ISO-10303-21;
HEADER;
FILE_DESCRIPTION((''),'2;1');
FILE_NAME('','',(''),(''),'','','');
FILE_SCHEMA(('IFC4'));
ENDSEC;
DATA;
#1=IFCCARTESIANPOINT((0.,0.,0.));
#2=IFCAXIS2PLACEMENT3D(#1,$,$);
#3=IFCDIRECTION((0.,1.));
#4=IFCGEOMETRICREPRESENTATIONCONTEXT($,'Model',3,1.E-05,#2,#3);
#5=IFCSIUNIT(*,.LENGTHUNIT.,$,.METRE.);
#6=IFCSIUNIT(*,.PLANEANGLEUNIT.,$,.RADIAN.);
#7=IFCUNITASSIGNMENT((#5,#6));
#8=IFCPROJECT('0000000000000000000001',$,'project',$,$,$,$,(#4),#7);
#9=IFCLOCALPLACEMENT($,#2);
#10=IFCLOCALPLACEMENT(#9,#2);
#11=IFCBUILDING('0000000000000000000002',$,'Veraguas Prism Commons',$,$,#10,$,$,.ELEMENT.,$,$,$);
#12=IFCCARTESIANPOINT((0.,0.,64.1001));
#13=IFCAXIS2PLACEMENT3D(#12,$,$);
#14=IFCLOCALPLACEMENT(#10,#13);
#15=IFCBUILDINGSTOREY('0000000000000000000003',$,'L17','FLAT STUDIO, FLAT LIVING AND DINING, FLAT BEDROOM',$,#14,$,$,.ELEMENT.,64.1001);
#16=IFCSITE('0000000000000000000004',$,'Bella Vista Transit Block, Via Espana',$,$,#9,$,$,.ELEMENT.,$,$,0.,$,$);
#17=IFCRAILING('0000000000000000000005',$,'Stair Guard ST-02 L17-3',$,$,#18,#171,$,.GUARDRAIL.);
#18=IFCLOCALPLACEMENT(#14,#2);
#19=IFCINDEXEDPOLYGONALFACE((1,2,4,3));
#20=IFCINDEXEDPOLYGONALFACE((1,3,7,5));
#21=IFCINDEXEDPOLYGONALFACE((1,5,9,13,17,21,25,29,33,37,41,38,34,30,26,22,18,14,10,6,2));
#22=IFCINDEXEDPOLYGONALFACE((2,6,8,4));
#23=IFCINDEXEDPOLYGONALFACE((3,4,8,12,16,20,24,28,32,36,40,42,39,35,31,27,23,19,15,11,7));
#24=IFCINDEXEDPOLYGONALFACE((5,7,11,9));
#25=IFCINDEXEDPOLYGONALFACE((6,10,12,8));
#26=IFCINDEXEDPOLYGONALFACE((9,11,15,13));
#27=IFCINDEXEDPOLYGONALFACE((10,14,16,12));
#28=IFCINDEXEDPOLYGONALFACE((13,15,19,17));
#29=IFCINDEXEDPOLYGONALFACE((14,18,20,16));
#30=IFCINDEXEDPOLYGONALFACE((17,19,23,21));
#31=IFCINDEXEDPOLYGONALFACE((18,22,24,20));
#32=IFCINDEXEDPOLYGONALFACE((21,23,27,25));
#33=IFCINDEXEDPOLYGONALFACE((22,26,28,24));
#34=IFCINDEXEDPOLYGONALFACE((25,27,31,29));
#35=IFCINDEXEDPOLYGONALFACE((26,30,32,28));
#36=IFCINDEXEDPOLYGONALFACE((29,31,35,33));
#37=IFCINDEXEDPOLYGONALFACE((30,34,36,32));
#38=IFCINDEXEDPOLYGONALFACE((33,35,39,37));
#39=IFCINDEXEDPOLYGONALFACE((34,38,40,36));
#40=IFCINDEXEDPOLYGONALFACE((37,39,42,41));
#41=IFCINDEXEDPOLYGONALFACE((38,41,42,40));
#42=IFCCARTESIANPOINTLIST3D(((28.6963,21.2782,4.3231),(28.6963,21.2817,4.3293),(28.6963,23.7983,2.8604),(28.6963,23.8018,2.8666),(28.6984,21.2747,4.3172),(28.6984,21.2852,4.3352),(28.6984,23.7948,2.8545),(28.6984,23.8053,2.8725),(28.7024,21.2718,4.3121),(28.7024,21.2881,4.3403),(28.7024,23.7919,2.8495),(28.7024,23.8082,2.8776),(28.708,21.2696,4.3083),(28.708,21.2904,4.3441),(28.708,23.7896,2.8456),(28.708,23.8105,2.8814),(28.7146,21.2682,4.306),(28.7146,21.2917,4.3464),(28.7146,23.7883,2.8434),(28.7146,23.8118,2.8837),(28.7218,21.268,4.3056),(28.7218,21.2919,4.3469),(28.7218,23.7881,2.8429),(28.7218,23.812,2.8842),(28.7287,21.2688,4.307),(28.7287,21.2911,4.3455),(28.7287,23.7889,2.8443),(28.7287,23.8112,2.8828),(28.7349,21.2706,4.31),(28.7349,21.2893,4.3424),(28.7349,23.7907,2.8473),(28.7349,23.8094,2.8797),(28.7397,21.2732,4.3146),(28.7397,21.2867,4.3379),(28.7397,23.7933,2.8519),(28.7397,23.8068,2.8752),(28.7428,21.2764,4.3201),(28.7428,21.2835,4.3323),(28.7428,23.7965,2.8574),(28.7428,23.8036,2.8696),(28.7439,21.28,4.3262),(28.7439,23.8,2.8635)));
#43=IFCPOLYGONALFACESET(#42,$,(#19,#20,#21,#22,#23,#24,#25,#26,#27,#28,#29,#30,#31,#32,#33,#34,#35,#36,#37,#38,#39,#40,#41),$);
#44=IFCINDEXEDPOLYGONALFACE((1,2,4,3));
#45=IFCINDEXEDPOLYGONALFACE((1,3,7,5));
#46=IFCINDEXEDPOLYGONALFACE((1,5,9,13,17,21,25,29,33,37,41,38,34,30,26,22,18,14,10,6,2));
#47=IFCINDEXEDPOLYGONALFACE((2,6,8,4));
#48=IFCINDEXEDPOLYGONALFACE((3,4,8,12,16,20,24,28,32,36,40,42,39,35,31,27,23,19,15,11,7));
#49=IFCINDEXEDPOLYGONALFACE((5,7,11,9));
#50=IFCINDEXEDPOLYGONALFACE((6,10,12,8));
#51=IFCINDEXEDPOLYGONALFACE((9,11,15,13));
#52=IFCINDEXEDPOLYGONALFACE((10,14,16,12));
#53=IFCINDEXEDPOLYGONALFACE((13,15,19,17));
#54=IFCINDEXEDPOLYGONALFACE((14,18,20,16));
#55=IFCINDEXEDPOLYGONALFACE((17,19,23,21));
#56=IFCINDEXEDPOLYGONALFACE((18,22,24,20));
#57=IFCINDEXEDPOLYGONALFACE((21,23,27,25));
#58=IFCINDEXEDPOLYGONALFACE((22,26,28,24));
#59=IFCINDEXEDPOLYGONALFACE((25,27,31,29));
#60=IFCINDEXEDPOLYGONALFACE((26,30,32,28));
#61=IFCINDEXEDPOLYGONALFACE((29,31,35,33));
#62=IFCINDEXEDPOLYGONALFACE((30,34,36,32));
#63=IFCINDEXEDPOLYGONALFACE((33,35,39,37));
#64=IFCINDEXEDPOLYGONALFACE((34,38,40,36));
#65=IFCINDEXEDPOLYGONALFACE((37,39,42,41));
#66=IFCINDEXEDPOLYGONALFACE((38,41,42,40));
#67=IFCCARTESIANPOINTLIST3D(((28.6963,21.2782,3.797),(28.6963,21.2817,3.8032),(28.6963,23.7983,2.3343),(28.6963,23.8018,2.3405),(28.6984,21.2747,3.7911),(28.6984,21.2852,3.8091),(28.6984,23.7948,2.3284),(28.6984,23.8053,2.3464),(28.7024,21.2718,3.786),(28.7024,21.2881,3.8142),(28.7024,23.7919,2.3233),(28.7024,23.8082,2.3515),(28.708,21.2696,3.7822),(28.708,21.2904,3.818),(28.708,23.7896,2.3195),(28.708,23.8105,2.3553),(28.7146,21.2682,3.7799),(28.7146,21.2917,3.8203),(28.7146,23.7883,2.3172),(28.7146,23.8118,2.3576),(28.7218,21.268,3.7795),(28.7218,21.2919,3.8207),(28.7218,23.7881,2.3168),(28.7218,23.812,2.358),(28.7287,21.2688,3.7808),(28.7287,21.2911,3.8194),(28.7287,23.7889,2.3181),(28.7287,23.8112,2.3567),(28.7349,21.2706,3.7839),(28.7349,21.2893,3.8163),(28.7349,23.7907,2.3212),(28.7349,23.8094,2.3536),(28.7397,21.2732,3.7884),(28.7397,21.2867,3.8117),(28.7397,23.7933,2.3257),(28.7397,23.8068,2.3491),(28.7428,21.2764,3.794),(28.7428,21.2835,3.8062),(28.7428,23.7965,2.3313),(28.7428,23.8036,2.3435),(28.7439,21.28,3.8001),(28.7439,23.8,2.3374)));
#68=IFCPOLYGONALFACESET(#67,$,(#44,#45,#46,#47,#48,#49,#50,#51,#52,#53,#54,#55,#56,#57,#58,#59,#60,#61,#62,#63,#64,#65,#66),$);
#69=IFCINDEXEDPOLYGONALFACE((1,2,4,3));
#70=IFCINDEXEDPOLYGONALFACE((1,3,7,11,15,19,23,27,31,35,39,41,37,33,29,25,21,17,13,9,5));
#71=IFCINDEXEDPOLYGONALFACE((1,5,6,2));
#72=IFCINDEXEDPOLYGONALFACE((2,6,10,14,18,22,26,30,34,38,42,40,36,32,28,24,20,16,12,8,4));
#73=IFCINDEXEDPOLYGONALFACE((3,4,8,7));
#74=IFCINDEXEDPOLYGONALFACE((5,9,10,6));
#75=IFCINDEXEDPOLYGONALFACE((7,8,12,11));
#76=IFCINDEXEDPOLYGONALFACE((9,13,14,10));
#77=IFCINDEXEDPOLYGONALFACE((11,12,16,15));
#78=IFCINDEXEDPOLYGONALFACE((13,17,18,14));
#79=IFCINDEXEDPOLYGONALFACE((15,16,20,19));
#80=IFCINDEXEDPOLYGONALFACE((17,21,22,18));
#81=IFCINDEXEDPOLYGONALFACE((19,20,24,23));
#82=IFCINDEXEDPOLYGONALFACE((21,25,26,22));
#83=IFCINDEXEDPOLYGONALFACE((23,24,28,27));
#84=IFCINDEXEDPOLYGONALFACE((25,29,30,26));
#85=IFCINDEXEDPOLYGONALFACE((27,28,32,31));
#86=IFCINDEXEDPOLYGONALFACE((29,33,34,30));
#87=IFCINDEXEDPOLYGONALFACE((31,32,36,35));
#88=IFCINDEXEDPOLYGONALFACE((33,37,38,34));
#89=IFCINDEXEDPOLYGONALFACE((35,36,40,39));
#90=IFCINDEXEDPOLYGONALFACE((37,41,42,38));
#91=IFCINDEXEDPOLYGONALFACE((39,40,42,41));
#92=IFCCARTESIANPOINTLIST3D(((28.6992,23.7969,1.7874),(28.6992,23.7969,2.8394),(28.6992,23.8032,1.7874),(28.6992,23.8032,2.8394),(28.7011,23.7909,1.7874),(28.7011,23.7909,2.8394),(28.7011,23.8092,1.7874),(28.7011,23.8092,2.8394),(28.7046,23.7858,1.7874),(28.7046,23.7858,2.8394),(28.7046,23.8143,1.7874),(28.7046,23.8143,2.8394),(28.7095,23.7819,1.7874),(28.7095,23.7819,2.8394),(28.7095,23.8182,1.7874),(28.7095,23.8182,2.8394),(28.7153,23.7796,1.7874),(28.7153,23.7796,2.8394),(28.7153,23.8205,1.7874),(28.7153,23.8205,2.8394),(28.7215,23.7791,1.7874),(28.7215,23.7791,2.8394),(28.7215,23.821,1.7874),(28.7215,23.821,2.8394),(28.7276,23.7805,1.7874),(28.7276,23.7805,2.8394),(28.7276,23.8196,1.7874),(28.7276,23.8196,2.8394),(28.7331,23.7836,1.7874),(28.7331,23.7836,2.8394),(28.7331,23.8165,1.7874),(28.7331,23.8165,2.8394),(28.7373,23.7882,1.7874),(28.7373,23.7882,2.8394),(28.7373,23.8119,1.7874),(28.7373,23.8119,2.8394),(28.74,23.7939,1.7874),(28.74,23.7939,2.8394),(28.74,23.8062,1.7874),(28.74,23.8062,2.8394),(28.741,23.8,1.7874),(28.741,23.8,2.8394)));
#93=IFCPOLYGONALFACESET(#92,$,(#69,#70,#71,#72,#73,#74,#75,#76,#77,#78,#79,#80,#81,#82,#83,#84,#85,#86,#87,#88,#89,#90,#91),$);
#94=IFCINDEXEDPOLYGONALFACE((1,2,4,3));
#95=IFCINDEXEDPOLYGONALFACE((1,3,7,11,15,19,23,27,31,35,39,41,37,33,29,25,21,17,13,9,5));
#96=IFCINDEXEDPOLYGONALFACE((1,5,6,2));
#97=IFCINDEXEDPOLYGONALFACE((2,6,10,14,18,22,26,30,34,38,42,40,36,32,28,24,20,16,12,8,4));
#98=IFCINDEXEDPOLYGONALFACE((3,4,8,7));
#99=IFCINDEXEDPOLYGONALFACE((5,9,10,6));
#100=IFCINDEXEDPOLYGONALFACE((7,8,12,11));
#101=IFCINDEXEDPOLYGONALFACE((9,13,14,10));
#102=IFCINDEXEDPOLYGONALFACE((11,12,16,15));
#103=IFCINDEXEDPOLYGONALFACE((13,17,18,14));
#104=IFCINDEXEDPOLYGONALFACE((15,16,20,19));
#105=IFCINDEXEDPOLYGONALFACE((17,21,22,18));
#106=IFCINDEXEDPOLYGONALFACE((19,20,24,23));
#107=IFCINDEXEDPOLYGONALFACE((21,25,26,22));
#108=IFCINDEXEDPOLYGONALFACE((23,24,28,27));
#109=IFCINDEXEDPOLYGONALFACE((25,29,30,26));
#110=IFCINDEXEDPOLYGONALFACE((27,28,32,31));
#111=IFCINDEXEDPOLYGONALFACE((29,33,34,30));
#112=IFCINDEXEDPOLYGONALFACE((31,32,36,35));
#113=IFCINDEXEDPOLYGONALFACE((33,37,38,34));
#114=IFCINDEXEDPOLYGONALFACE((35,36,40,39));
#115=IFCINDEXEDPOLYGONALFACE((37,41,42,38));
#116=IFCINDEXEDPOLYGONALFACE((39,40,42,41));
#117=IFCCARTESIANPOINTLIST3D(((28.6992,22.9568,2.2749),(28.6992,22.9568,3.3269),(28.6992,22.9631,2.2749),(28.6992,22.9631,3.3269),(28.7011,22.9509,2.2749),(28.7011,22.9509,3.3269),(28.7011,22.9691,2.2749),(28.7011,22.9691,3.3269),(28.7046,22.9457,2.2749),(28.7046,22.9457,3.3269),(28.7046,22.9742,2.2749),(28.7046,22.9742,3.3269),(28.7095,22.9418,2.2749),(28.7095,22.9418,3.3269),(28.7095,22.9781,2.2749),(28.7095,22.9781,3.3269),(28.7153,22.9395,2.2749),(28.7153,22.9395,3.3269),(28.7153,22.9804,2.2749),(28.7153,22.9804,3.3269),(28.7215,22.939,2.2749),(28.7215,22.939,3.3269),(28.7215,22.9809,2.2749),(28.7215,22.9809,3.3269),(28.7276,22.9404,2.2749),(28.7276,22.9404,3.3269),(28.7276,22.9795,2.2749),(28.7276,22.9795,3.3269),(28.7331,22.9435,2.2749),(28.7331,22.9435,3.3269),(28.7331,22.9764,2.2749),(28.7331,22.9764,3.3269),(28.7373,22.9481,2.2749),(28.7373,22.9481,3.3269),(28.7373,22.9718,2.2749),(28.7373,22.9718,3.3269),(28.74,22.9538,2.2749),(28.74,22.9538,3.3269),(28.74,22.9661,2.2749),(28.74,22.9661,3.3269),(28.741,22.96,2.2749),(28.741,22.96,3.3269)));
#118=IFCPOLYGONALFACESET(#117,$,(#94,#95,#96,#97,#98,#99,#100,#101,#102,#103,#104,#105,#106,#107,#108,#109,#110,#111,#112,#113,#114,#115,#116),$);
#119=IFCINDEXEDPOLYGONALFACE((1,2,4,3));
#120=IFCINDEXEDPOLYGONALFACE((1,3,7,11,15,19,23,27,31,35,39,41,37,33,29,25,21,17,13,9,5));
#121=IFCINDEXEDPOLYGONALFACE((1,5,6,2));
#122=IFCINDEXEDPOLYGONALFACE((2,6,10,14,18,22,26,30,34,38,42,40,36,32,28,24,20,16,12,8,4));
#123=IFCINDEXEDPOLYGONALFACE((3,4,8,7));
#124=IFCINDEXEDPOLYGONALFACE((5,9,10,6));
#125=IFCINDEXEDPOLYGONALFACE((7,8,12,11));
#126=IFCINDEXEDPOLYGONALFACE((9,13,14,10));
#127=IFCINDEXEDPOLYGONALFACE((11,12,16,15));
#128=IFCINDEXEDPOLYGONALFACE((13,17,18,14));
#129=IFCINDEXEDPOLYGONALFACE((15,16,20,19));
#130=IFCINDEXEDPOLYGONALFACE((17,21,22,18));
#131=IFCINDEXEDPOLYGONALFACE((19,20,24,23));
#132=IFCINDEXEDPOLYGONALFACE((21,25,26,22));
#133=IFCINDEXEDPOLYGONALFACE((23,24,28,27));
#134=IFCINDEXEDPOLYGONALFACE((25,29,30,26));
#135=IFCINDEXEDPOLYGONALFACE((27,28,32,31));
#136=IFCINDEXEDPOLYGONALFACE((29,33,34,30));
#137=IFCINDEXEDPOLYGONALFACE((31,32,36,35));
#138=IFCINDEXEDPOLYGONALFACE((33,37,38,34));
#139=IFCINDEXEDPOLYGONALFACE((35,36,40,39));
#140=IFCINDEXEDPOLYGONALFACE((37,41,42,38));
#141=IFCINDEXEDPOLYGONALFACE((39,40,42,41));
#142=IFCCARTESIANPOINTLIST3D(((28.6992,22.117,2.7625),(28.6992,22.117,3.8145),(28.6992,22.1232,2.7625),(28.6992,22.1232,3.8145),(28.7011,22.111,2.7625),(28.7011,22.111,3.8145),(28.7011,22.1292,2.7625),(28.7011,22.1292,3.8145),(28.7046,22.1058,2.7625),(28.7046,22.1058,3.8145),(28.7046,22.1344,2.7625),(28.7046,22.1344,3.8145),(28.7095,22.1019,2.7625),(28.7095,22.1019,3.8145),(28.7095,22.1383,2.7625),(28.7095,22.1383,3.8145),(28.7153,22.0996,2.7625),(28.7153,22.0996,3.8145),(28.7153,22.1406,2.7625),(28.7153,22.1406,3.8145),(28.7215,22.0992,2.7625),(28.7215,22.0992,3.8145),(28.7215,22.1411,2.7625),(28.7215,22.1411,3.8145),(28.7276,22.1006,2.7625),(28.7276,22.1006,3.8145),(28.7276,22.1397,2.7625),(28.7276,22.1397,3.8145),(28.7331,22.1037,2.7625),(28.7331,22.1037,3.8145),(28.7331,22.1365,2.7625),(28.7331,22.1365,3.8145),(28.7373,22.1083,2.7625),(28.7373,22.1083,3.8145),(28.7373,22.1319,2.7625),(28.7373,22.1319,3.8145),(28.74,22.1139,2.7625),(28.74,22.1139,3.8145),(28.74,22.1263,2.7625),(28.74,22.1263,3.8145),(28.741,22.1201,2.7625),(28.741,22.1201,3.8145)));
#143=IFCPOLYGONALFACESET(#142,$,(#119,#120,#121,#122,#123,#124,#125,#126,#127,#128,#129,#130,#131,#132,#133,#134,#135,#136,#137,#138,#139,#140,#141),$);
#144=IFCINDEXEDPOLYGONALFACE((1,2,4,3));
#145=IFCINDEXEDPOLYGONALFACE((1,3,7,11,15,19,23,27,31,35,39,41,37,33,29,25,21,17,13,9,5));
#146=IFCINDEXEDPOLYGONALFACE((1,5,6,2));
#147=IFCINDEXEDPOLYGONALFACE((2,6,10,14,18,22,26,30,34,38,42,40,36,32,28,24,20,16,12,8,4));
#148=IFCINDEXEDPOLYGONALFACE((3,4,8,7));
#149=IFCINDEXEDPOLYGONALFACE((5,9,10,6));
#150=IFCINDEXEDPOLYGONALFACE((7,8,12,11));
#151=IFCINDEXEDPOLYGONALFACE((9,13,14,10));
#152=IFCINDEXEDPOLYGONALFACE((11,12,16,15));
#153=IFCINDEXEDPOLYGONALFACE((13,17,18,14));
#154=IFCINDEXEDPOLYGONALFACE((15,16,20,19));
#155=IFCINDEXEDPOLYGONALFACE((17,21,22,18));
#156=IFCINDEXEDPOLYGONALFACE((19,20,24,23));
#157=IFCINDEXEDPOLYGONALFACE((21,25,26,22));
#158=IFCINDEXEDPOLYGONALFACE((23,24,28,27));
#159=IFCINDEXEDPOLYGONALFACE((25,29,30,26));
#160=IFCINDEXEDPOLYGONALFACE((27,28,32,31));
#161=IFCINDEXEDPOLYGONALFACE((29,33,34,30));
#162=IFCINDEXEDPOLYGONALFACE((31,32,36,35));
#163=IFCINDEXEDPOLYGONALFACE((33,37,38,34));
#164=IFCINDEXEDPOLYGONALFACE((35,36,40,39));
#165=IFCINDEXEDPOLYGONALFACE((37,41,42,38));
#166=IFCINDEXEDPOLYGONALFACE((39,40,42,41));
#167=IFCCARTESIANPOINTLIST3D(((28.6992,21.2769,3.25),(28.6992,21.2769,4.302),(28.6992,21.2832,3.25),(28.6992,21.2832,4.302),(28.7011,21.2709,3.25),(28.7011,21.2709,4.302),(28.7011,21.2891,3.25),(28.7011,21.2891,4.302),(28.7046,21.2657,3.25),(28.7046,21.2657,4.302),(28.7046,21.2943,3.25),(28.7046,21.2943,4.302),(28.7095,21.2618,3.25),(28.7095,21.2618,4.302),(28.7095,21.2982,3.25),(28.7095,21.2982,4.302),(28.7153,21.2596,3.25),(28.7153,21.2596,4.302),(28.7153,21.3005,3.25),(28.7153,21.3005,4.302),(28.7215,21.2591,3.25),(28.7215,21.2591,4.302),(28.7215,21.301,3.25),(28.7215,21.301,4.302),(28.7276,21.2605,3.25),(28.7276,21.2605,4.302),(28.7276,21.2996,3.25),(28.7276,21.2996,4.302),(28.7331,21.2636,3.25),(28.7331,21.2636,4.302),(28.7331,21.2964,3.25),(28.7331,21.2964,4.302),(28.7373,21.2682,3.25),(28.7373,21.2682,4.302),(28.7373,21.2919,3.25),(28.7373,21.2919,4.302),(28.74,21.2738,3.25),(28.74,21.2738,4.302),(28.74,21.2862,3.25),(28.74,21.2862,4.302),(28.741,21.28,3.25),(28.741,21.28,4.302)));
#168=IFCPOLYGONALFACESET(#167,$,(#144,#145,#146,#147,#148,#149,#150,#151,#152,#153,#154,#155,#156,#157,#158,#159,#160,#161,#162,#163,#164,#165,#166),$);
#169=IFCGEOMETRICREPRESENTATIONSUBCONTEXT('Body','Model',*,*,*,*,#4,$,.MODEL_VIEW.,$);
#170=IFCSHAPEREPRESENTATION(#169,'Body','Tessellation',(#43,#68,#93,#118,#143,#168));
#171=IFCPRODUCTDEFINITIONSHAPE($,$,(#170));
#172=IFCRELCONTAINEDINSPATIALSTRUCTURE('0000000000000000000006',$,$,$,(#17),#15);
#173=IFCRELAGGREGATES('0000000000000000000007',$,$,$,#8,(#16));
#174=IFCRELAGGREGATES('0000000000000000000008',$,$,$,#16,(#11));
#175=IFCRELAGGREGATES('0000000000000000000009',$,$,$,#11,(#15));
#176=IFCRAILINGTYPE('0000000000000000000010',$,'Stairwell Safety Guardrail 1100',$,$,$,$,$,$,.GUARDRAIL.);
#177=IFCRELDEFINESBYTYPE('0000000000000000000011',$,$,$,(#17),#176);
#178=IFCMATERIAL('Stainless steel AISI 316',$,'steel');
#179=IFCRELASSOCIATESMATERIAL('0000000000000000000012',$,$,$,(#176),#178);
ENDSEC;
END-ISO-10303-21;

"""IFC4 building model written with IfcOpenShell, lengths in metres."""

from ifc_helpers import new_model, si_unit, direction, frame, origin, origin_2d, place, context, subcontext, project, spatial, circle, extrude, material, type_object, element, save


model = new_model("IFC4")

# Units and contexts
model_context = context("Model", 3, precision=1e-05, world=origin(), true_north=direction((0.0, 1.0)))
body_context = subcontext(model_context, "Body", "Model", "MODEL_VIEW")
ifc_project = project(units=[si_unit("LENGTHUNIT", "METRE"), si_unit("PLANEANGLEUNIT", "RADIAN")], contexts=[model_context])

# Site, building, storey
site_placement = place(None, origin())
site = spatial("IfcSite", under=ifc_project, at=site_placement, Name="Bella Vista Transit Block, Via Espana", CompositionType="ELEMENT", RefElevation=0.0)
building_placement = place(site_placement, origin())
building = spatial("IfcBuilding", under=site, at=building_placement, Name="Veraguas Prism Commons", CompositionType="ELEMENT")
storey_placement = place(building_placement, frame((0.0, 0.0, 64.1001)))
storey = spatial("IfcBuildingStorey", under=building, at=storey_placement, Name="L17", Description="FLAT STUDIO, FLAT LIVING AND DINING, FLAT BEDROOM", CompositionType="ELEMENT", Elevation=64.1001)

# Shared definitions
ifc_material_1 = material(Name="Stainless steel AISI 316", Category="steel")

# Railing
railing_type_1 = type_object("IfcRailingType", Name="Stairwell Safety Guardrail 1100", PredefinedType="GUARDRAIL", material=ifc_material_1)
railing_1_placement = place(storey_placement, frame((28.72, 23.8, 1.7874)))
element("IfcRailing", 1, at=railing_1_placement, inside=storey, type_object=railing_type_1, Name="Stair Guard ST-02 L17-3", PredefinedType="GUARDRAIL", context=body_context, shape_type="SweptSolid", body=[
    extrude(circle(Radius=0.0239, at=origin_2d()), frame((0.0, 0.0, 1.0762), z_axis=(0.0, -0.864877, 0.501984), x_axis=(1.0, 0.0, 0.0)), (0.0, 0.0, 1.0), 2.9138),
    extrude(circle(Radius=0.0239, at=origin_2d()), frame((0.0, 0.0, 0.55), z_axis=(0.0, -0.864877, 0.501984), x_axis=(1.0, 0.0, 0.0)), (0.0, 0.0, 1.0), 2.9138),
    extrude(circle(Radius=0.021, at=origin_2d()), origin(), (0.0, 0.0, 1.0), 1.052),
    extrude(circle(Radius=0.021, at=origin_2d()), frame((0.0, -0.8401, 0.4875)), (0.0, 0.0, 1.0), 1.052),
    extrude(circle(Radius=0.021, at=origin_2d()), frame((0.0, -1.6799, 0.9751)), (0.0, 0.0, 1.0), 1.052),
    extrude(circle(Radius=0.021, at=origin_2d()), frame((0.0, -2.52, 1.4626)), (0.0, 0.0, 1.0), 1.052),
])

save(model, "model.ifc")
